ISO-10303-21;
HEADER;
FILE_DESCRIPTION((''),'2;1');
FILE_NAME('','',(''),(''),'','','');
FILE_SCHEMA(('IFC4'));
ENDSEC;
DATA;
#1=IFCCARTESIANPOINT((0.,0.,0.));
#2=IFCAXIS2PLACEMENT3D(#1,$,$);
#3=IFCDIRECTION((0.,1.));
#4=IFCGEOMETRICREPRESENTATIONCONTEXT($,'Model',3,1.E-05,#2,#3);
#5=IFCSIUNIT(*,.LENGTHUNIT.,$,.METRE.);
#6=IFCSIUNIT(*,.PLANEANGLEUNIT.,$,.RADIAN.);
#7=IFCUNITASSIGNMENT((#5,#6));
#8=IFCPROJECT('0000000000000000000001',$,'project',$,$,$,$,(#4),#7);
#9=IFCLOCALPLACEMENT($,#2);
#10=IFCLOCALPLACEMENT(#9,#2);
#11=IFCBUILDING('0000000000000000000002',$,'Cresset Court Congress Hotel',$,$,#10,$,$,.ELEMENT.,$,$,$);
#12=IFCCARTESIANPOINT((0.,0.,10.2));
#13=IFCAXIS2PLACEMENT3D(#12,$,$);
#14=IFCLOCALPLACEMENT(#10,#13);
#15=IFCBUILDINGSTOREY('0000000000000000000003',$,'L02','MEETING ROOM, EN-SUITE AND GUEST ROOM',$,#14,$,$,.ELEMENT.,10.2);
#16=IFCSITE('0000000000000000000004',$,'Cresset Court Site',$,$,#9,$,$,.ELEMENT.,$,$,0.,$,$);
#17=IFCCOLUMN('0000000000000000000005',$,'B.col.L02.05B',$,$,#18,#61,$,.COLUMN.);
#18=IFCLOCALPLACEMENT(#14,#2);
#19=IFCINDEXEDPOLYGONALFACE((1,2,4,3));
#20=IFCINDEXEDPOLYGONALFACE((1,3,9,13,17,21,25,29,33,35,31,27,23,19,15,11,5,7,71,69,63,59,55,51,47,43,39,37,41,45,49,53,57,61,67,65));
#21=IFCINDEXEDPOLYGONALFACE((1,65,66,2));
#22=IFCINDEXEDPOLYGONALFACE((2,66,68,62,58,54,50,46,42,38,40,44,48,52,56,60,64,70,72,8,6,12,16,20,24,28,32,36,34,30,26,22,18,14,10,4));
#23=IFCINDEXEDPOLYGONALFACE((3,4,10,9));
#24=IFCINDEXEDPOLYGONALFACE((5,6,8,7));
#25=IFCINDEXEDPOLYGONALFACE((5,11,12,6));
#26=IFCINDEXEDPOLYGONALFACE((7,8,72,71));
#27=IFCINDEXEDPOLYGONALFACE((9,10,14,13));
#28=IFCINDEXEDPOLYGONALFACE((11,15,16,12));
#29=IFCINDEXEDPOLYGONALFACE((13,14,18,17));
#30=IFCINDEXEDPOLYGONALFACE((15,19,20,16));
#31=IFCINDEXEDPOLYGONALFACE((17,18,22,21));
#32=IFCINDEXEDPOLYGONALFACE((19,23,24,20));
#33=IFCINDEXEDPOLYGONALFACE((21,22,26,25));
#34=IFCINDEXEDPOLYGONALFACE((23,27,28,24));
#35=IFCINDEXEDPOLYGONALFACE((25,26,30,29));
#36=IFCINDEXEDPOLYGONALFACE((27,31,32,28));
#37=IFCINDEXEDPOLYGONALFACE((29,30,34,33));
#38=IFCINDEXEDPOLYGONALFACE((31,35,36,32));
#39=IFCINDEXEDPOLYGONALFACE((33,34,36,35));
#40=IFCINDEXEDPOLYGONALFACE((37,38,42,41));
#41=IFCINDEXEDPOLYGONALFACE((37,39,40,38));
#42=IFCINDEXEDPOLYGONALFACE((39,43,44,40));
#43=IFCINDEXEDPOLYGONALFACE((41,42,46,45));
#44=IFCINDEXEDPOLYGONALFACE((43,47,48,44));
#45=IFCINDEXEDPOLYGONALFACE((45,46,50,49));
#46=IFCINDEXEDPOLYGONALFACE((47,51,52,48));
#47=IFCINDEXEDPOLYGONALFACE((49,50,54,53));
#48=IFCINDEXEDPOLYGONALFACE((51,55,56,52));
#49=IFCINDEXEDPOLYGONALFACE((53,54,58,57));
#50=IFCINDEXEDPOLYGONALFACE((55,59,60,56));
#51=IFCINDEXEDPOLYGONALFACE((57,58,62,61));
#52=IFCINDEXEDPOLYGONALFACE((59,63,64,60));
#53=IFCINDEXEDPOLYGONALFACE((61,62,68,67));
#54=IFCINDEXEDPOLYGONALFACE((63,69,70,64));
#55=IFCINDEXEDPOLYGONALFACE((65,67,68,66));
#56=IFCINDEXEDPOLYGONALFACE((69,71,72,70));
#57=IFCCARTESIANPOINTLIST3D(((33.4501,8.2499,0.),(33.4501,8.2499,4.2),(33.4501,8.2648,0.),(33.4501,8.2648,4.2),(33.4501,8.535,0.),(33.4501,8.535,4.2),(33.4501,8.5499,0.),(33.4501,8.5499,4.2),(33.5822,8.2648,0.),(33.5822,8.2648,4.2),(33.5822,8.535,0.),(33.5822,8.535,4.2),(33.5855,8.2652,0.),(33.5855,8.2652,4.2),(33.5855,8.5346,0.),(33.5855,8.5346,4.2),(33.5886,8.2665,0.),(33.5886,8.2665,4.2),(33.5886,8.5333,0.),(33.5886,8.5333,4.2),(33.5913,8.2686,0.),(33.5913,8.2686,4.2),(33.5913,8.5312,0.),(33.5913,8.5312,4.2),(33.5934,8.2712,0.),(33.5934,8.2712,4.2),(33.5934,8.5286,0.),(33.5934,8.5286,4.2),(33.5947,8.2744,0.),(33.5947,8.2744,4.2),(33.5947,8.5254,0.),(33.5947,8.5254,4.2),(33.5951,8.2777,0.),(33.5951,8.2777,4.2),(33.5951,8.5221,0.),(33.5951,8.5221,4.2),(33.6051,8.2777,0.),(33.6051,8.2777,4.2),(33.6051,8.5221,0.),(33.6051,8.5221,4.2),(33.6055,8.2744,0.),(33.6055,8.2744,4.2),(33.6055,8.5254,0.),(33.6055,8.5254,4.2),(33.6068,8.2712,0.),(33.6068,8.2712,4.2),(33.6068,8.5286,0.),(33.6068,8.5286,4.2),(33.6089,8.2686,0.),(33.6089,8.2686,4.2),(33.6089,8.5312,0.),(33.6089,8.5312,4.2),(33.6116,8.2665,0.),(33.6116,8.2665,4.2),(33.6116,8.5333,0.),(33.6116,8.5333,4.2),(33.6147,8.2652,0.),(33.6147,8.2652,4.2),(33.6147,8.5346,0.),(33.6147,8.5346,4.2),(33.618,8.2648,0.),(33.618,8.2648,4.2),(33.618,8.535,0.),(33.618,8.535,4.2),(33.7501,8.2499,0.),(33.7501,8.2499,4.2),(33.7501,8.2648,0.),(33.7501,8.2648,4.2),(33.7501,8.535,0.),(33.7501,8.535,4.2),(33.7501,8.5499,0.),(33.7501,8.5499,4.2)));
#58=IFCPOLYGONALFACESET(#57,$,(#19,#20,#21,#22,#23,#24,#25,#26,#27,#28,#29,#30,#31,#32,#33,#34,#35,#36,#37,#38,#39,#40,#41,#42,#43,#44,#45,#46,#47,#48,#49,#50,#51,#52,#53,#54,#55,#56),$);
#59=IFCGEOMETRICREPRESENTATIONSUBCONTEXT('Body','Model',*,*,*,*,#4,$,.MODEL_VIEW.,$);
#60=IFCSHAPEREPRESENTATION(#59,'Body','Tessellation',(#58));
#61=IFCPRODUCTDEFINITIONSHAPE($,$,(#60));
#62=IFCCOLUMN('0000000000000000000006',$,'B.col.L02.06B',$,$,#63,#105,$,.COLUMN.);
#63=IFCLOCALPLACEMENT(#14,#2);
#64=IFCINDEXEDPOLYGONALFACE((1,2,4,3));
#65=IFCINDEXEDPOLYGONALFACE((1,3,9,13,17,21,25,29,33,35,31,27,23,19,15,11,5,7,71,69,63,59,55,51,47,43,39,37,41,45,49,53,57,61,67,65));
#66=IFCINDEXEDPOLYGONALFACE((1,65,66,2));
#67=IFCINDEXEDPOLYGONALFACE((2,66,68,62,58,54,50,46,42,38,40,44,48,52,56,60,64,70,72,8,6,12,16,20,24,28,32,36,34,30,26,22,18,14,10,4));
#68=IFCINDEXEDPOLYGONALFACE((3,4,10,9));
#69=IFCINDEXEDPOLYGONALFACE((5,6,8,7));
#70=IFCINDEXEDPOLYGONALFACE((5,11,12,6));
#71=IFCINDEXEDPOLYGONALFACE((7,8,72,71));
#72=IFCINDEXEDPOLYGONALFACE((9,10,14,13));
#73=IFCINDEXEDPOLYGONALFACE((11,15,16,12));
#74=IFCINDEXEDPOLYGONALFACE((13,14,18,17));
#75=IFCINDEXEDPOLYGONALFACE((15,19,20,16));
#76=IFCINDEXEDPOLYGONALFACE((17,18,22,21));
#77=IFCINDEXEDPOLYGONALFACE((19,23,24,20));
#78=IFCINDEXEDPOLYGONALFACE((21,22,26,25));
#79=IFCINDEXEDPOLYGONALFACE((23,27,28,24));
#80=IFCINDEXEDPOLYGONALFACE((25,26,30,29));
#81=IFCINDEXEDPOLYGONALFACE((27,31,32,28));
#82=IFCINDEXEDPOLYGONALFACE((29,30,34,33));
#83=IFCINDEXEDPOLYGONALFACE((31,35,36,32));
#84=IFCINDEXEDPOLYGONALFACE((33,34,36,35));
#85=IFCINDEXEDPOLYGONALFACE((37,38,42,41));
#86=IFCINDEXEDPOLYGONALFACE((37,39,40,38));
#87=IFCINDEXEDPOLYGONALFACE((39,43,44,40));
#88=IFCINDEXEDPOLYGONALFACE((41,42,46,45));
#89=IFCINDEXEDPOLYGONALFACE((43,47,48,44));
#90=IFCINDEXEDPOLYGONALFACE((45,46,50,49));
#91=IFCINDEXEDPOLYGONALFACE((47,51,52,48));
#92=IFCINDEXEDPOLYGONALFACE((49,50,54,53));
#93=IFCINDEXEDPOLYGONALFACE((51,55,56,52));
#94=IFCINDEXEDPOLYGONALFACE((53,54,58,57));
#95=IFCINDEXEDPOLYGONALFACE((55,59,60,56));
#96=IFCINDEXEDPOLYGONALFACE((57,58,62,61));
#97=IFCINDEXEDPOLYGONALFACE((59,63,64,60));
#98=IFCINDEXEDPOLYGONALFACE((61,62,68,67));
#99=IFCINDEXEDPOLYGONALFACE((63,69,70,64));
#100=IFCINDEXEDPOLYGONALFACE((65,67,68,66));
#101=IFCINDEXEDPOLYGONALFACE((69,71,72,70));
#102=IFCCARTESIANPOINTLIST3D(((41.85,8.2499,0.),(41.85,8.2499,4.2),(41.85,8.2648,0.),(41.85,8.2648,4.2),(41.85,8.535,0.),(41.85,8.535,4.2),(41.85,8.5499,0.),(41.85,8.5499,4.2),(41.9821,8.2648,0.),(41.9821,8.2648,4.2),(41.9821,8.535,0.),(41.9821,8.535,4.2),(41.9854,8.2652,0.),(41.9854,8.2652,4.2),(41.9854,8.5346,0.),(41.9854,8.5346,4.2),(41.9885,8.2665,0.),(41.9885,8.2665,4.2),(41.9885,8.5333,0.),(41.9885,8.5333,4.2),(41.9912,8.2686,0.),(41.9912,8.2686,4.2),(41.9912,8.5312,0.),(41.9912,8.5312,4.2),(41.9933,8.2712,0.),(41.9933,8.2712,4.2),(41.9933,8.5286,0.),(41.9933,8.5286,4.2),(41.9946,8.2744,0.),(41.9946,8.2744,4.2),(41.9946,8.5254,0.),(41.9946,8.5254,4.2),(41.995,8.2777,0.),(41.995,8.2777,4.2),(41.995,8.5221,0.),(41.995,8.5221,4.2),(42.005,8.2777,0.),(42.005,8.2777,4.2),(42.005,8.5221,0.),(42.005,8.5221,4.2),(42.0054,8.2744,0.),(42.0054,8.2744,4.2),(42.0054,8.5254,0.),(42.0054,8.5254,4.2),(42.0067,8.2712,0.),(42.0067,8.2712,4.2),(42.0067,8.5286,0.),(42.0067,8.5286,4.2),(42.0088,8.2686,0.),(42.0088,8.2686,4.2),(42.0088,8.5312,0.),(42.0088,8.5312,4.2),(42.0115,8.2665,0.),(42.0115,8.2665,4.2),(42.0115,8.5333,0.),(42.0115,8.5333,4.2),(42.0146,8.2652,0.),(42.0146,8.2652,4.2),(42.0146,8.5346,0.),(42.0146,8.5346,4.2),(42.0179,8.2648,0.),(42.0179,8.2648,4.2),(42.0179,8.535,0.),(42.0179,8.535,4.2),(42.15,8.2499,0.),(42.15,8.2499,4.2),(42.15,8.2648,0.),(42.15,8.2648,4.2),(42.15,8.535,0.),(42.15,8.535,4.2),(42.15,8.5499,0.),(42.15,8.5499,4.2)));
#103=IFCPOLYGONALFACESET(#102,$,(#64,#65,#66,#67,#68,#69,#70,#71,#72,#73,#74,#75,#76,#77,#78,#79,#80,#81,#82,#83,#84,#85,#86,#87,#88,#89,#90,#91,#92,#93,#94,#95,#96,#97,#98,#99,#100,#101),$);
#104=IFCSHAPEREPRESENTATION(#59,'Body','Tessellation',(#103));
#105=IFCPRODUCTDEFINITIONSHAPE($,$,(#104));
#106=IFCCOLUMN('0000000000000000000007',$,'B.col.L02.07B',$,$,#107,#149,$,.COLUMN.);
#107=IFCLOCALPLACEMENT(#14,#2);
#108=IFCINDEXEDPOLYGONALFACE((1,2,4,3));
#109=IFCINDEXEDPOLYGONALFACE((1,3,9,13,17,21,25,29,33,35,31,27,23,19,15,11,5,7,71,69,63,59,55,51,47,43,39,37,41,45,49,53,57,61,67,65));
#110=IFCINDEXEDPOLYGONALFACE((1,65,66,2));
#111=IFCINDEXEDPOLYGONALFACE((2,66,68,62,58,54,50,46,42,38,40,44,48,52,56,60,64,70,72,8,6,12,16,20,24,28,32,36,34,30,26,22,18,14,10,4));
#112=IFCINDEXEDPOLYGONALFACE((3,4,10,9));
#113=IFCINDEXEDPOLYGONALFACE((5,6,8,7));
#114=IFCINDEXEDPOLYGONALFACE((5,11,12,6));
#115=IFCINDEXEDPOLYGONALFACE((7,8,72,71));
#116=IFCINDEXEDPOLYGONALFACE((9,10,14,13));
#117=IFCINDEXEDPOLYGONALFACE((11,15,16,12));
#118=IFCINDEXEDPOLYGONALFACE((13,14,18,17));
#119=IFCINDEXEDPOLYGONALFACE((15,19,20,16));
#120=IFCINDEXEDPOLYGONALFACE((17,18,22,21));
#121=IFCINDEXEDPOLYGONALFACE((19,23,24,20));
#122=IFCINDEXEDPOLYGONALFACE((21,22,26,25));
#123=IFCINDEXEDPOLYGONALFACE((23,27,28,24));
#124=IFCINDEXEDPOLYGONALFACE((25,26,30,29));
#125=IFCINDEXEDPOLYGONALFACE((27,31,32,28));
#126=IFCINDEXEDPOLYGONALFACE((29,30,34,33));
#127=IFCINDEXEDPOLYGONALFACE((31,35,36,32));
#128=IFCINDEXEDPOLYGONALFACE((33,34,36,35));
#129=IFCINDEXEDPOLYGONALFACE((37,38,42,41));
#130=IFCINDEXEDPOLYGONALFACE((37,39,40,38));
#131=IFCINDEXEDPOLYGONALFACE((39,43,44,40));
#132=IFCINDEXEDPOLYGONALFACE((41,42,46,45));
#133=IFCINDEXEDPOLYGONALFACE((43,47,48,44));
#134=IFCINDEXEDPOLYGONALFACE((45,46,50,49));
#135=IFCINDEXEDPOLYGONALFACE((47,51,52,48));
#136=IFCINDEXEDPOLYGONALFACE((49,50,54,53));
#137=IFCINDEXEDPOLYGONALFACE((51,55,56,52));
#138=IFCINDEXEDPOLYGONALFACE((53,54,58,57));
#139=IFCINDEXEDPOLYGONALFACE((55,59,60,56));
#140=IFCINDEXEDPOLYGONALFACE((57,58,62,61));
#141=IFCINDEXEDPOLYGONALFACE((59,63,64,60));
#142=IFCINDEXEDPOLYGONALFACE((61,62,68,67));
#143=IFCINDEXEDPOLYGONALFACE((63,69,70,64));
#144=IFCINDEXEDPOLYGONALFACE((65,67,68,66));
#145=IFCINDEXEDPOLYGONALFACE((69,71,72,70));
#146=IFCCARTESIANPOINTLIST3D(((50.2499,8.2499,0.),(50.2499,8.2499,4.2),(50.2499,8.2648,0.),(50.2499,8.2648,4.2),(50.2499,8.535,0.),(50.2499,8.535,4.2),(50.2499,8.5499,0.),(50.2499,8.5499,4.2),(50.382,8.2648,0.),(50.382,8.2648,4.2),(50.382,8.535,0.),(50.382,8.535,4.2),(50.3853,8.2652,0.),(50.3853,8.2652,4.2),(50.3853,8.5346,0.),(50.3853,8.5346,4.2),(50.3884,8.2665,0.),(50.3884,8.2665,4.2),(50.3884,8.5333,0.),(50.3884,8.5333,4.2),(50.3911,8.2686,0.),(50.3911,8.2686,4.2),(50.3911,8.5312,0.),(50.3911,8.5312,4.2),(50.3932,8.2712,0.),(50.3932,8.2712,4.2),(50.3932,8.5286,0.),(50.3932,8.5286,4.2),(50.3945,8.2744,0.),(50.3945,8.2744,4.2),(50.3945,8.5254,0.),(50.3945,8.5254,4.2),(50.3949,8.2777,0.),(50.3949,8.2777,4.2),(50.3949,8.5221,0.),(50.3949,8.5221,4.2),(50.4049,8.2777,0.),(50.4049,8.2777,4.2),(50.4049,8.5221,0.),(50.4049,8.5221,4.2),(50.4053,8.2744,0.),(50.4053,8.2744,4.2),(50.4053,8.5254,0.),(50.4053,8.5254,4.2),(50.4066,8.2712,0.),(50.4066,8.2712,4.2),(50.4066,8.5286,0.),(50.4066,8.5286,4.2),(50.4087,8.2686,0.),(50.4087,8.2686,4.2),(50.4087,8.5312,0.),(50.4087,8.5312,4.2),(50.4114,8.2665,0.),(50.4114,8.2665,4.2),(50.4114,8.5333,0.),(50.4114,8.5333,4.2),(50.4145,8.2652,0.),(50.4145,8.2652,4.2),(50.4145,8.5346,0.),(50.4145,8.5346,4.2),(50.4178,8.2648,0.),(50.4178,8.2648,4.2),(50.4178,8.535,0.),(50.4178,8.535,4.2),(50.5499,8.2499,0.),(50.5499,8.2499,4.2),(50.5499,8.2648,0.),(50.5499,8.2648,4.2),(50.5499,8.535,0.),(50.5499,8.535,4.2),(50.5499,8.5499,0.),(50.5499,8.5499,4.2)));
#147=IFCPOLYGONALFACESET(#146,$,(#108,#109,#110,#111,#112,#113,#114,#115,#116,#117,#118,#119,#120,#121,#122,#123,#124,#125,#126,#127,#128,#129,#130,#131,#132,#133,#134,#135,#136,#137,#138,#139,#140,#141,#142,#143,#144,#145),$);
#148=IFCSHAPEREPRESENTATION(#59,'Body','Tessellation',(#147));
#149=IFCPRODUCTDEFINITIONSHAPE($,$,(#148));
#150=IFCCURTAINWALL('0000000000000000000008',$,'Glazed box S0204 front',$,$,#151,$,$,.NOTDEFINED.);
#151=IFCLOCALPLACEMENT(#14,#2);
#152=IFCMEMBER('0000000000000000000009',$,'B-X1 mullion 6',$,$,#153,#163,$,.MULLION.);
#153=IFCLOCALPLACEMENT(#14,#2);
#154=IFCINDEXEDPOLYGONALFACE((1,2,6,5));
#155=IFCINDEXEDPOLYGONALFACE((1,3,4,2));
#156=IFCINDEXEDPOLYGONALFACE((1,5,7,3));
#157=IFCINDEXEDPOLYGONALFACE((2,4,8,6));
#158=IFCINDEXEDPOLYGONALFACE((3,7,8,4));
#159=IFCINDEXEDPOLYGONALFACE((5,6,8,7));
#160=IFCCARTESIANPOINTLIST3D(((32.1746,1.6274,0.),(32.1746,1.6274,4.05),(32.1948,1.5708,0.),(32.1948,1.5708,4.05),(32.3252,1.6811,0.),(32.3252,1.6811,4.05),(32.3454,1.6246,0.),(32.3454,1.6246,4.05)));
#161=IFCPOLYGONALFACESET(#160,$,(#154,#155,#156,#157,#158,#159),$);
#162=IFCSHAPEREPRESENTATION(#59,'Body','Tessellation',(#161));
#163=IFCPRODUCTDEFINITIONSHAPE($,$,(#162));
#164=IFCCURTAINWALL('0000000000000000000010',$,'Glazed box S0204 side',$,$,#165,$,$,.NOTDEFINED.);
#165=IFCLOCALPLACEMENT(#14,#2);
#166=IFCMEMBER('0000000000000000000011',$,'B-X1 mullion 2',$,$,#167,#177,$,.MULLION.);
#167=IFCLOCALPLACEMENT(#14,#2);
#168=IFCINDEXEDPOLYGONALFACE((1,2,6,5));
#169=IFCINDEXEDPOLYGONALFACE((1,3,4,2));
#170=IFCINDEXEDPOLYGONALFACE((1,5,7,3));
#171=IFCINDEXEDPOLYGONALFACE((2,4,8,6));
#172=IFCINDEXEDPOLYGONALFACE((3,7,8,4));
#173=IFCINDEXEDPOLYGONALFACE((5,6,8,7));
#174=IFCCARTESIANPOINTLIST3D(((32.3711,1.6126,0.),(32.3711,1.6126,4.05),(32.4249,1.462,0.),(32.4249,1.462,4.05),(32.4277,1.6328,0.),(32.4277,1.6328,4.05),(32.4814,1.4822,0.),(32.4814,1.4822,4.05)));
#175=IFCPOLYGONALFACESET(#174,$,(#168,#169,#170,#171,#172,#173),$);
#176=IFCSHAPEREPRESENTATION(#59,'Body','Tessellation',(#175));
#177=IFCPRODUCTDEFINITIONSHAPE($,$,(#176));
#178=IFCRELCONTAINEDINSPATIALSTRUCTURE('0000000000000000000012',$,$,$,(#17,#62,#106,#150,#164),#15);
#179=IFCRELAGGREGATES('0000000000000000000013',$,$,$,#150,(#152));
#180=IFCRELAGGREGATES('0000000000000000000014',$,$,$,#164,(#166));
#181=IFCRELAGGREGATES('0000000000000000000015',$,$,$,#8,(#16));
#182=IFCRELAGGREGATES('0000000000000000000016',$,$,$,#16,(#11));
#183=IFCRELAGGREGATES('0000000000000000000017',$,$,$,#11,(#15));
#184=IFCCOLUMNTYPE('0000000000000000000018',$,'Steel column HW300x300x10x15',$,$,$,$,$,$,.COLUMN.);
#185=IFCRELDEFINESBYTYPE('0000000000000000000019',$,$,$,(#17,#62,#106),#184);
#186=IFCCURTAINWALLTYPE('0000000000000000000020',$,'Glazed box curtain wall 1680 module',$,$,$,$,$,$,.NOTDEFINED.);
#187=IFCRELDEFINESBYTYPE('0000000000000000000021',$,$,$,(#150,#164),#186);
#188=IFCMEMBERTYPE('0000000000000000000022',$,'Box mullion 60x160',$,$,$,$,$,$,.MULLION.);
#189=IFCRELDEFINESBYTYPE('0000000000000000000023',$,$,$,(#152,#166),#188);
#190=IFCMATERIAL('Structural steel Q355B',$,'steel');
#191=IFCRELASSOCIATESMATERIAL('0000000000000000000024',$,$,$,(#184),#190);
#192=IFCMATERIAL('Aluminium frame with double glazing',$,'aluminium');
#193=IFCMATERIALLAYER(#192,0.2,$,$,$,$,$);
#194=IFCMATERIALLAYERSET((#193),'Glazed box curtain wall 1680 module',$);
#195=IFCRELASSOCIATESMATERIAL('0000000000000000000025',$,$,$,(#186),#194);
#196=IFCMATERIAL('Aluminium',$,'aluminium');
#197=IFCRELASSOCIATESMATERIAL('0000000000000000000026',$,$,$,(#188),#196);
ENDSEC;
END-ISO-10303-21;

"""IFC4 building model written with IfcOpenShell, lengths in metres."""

from ifc_helpers import new_model, si_unit, direction, frame, origin, origin_2d, place, context, subcontext, project, spatial, rectangle, i_section, extrude, material, layer, layer_set, material_profile, profile_set, type_object, element, aggregate, save


model = new_model("IFC4")

# Units and contexts
model_context = context("Model", 3, precision=1e-05, world=origin(), true_north=direction((0.0, 1.0)))
body_context = subcontext(model_context, "Body", "Model", "MODEL_VIEW")
ifc_project = project(units=[si_unit("LENGTHUNIT", "METRE"), si_unit("PLANEANGLEUNIT", "RADIAN")], contexts=[model_context])

# Site, building, storey
site_placement = place(None, origin())
site = spatial("IfcSite", under=ifc_project, at=site_placement, Name="Cresset Court Site", CompositionType="ELEMENT", RefElevation=0.0)
building_placement = place(site_placement, origin())
building = spatial("IfcBuilding", under=site, at=building_placement, Name="Cresset Court Congress Hotel", CompositionType="ELEMENT")
storey_placement = place(building_placement, frame((0.0, 0.0, 10.2)))
storey = spatial("IfcBuildingStorey", under=building, at=storey_placement, Name="L02", Description="MEETING ROOM, EN-SUITE AND GUEST ROOM", CompositionType="ELEMENT", Elevation=10.2)

# Columns
ifc_material_1 = material(Name="Structural steel Q355B", Category="steel")
ifc_material_profile_1 = material_profile(ifc_material_1, i_section(OverallWidth=0.3, OverallDepth=0.3, WebThickness=0.01, FlangeThickness=0.0149, FilletRadius=0.0129, at=origin_2d()), Name="HW300x300x10x15")
ifc_profile_set_1 = profile_set([ifc_material_profile_1], Name="Structural steel Q355B")
column_type = type_object("IfcColumnType", Name="Steel column HW300x300x10x15", PredefinedType="COLUMN", material=ifc_profile_set_1)
for number, where, z_axis, x_axis, name in (
    (1, (33.6001, 8.3999, 0.0), (0.0, 0.0, 1.0), (1.0, 0.0, 0.0), "B.col.L02.05B"),
    (2, (42.0, 8.3999, 0.0), (0.0, 0.0, 1.0), (1.0, 0.0, 0.0), "B.col.L02.06B"),
    (3, (50.3999, 8.3999, 0.0), (0.0, 0.0, 1.0), (1.0, 0.0, 0.0), "B.col.L02.07B"),
):
    element("IfcColumn", number, at=place(storey_placement, frame(where, z_axis=z_axis, x_axis=x_axis)), inside=storey, type_object=column_type, Name=name, PredefinedType="COLUMN", context=body_context, shape_type="SweptSolid", body=[
        extrude(i_section(OverallWidth=0.3, OverallDepth=0.3, WebThickness=0.01, FlangeThickness=0.0149, FilletRadius=0.0129, at=origin_2d()), origin(), (0.0, 0.0, 1.0), 4.2),
    ])

# Curtain walls, members
ifc_material_2 = material(Name="Aluminium frame with double glazing", Category="aluminium")
ifc_layer_1 = layer(ifc_material_2, 0.2)
ifc_layer_set_1 = layer_set([ifc_layer_1], Name="Glazed box curtain wall 1680 module")
curtain_wall_type = type_object("IfcCurtainWallType", Name="Glazed box curtain wall 1680 module", PredefinedType="NOTDEFINED", material=ifc_layer_set_1)
curtain_wall_1_placement = place(storey_placement, origin())
curtain_wall_1 = element("IfcCurtainWall", 4, at=curtain_wall_1_placement, inside=storey, type_object=curtain_wall_type, Name="Glazed box S0204 front", PredefinedType="NOTDEFINED")
ifc_material_3 = material(Name="Aluminium", Category="aluminium")
ifc_material_profile_2 = material_profile(ifc_material_3, rectangle(XDim=0.0601, YDim=0.1599, at=origin_2d()), Name="Box mullion 60x160")
ifc_profile_set_2 = profile_set([ifc_material_profile_2], Name="Aluminium")
member_type_1 = type_object("IfcMemberType", Name="Box mullion 60x160", PredefinedType="MULLION", material=ifc_profile_set_2)
member_1_placement = place(storey_placement, frame((32.26, 1.626, 0.0), z_axis=(0.0, 0.0, 1.0), x_axis=(-0.336336, 0.941742, 0.0)))
member_1 = element("IfcMember", 5, at=member_1_placement, type_object=member_type_1, Name="B-X1 mullion 6", PredefinedType="MULLION", context=body_context, shape_type="SweptSolid", body=[
    extrude(rectangle(XDim=0.0601, YDim=0.1599, at=origin_2d()), origin(), (0.0, 0.0, 1.0), 4.05),
])
curtain_wall_2_placement = place(storey_placement, origin())
curtain_wall_2 = element("IfcCurtainWall", 6, at=curtain_wall_2_placement, inside=storey, type_object=curtain_wall_type, Name="Glazed box S0204 side", PredefinedType="NOTDEFINED")
member_2_placement = place(storey_placement, frame((32.4263, 1.5474, 0.0), z_axis=(0.0, 0.0, 1.0), x_axis=(-0.941742, -0.336336, 0.0)))
member_2 = element("IfcMember", 7, at=member_2_placement, type_object=member_type_1, Name="B-X1 mullion 2", PredefinedType="MULLION", context=body_context, shape_type="SweptSolid", body=[
    extrude(rectangle(XDim=0.0601, YDim=0.1599, at=origin_2d()), origin(), (0.0, 0.0, 1.0), 4.05),
])

aggregate(curtain_wall_1, [member_1])
aggregate(curtain_wall_2, [member_2])

save(model, "model.ifc")
